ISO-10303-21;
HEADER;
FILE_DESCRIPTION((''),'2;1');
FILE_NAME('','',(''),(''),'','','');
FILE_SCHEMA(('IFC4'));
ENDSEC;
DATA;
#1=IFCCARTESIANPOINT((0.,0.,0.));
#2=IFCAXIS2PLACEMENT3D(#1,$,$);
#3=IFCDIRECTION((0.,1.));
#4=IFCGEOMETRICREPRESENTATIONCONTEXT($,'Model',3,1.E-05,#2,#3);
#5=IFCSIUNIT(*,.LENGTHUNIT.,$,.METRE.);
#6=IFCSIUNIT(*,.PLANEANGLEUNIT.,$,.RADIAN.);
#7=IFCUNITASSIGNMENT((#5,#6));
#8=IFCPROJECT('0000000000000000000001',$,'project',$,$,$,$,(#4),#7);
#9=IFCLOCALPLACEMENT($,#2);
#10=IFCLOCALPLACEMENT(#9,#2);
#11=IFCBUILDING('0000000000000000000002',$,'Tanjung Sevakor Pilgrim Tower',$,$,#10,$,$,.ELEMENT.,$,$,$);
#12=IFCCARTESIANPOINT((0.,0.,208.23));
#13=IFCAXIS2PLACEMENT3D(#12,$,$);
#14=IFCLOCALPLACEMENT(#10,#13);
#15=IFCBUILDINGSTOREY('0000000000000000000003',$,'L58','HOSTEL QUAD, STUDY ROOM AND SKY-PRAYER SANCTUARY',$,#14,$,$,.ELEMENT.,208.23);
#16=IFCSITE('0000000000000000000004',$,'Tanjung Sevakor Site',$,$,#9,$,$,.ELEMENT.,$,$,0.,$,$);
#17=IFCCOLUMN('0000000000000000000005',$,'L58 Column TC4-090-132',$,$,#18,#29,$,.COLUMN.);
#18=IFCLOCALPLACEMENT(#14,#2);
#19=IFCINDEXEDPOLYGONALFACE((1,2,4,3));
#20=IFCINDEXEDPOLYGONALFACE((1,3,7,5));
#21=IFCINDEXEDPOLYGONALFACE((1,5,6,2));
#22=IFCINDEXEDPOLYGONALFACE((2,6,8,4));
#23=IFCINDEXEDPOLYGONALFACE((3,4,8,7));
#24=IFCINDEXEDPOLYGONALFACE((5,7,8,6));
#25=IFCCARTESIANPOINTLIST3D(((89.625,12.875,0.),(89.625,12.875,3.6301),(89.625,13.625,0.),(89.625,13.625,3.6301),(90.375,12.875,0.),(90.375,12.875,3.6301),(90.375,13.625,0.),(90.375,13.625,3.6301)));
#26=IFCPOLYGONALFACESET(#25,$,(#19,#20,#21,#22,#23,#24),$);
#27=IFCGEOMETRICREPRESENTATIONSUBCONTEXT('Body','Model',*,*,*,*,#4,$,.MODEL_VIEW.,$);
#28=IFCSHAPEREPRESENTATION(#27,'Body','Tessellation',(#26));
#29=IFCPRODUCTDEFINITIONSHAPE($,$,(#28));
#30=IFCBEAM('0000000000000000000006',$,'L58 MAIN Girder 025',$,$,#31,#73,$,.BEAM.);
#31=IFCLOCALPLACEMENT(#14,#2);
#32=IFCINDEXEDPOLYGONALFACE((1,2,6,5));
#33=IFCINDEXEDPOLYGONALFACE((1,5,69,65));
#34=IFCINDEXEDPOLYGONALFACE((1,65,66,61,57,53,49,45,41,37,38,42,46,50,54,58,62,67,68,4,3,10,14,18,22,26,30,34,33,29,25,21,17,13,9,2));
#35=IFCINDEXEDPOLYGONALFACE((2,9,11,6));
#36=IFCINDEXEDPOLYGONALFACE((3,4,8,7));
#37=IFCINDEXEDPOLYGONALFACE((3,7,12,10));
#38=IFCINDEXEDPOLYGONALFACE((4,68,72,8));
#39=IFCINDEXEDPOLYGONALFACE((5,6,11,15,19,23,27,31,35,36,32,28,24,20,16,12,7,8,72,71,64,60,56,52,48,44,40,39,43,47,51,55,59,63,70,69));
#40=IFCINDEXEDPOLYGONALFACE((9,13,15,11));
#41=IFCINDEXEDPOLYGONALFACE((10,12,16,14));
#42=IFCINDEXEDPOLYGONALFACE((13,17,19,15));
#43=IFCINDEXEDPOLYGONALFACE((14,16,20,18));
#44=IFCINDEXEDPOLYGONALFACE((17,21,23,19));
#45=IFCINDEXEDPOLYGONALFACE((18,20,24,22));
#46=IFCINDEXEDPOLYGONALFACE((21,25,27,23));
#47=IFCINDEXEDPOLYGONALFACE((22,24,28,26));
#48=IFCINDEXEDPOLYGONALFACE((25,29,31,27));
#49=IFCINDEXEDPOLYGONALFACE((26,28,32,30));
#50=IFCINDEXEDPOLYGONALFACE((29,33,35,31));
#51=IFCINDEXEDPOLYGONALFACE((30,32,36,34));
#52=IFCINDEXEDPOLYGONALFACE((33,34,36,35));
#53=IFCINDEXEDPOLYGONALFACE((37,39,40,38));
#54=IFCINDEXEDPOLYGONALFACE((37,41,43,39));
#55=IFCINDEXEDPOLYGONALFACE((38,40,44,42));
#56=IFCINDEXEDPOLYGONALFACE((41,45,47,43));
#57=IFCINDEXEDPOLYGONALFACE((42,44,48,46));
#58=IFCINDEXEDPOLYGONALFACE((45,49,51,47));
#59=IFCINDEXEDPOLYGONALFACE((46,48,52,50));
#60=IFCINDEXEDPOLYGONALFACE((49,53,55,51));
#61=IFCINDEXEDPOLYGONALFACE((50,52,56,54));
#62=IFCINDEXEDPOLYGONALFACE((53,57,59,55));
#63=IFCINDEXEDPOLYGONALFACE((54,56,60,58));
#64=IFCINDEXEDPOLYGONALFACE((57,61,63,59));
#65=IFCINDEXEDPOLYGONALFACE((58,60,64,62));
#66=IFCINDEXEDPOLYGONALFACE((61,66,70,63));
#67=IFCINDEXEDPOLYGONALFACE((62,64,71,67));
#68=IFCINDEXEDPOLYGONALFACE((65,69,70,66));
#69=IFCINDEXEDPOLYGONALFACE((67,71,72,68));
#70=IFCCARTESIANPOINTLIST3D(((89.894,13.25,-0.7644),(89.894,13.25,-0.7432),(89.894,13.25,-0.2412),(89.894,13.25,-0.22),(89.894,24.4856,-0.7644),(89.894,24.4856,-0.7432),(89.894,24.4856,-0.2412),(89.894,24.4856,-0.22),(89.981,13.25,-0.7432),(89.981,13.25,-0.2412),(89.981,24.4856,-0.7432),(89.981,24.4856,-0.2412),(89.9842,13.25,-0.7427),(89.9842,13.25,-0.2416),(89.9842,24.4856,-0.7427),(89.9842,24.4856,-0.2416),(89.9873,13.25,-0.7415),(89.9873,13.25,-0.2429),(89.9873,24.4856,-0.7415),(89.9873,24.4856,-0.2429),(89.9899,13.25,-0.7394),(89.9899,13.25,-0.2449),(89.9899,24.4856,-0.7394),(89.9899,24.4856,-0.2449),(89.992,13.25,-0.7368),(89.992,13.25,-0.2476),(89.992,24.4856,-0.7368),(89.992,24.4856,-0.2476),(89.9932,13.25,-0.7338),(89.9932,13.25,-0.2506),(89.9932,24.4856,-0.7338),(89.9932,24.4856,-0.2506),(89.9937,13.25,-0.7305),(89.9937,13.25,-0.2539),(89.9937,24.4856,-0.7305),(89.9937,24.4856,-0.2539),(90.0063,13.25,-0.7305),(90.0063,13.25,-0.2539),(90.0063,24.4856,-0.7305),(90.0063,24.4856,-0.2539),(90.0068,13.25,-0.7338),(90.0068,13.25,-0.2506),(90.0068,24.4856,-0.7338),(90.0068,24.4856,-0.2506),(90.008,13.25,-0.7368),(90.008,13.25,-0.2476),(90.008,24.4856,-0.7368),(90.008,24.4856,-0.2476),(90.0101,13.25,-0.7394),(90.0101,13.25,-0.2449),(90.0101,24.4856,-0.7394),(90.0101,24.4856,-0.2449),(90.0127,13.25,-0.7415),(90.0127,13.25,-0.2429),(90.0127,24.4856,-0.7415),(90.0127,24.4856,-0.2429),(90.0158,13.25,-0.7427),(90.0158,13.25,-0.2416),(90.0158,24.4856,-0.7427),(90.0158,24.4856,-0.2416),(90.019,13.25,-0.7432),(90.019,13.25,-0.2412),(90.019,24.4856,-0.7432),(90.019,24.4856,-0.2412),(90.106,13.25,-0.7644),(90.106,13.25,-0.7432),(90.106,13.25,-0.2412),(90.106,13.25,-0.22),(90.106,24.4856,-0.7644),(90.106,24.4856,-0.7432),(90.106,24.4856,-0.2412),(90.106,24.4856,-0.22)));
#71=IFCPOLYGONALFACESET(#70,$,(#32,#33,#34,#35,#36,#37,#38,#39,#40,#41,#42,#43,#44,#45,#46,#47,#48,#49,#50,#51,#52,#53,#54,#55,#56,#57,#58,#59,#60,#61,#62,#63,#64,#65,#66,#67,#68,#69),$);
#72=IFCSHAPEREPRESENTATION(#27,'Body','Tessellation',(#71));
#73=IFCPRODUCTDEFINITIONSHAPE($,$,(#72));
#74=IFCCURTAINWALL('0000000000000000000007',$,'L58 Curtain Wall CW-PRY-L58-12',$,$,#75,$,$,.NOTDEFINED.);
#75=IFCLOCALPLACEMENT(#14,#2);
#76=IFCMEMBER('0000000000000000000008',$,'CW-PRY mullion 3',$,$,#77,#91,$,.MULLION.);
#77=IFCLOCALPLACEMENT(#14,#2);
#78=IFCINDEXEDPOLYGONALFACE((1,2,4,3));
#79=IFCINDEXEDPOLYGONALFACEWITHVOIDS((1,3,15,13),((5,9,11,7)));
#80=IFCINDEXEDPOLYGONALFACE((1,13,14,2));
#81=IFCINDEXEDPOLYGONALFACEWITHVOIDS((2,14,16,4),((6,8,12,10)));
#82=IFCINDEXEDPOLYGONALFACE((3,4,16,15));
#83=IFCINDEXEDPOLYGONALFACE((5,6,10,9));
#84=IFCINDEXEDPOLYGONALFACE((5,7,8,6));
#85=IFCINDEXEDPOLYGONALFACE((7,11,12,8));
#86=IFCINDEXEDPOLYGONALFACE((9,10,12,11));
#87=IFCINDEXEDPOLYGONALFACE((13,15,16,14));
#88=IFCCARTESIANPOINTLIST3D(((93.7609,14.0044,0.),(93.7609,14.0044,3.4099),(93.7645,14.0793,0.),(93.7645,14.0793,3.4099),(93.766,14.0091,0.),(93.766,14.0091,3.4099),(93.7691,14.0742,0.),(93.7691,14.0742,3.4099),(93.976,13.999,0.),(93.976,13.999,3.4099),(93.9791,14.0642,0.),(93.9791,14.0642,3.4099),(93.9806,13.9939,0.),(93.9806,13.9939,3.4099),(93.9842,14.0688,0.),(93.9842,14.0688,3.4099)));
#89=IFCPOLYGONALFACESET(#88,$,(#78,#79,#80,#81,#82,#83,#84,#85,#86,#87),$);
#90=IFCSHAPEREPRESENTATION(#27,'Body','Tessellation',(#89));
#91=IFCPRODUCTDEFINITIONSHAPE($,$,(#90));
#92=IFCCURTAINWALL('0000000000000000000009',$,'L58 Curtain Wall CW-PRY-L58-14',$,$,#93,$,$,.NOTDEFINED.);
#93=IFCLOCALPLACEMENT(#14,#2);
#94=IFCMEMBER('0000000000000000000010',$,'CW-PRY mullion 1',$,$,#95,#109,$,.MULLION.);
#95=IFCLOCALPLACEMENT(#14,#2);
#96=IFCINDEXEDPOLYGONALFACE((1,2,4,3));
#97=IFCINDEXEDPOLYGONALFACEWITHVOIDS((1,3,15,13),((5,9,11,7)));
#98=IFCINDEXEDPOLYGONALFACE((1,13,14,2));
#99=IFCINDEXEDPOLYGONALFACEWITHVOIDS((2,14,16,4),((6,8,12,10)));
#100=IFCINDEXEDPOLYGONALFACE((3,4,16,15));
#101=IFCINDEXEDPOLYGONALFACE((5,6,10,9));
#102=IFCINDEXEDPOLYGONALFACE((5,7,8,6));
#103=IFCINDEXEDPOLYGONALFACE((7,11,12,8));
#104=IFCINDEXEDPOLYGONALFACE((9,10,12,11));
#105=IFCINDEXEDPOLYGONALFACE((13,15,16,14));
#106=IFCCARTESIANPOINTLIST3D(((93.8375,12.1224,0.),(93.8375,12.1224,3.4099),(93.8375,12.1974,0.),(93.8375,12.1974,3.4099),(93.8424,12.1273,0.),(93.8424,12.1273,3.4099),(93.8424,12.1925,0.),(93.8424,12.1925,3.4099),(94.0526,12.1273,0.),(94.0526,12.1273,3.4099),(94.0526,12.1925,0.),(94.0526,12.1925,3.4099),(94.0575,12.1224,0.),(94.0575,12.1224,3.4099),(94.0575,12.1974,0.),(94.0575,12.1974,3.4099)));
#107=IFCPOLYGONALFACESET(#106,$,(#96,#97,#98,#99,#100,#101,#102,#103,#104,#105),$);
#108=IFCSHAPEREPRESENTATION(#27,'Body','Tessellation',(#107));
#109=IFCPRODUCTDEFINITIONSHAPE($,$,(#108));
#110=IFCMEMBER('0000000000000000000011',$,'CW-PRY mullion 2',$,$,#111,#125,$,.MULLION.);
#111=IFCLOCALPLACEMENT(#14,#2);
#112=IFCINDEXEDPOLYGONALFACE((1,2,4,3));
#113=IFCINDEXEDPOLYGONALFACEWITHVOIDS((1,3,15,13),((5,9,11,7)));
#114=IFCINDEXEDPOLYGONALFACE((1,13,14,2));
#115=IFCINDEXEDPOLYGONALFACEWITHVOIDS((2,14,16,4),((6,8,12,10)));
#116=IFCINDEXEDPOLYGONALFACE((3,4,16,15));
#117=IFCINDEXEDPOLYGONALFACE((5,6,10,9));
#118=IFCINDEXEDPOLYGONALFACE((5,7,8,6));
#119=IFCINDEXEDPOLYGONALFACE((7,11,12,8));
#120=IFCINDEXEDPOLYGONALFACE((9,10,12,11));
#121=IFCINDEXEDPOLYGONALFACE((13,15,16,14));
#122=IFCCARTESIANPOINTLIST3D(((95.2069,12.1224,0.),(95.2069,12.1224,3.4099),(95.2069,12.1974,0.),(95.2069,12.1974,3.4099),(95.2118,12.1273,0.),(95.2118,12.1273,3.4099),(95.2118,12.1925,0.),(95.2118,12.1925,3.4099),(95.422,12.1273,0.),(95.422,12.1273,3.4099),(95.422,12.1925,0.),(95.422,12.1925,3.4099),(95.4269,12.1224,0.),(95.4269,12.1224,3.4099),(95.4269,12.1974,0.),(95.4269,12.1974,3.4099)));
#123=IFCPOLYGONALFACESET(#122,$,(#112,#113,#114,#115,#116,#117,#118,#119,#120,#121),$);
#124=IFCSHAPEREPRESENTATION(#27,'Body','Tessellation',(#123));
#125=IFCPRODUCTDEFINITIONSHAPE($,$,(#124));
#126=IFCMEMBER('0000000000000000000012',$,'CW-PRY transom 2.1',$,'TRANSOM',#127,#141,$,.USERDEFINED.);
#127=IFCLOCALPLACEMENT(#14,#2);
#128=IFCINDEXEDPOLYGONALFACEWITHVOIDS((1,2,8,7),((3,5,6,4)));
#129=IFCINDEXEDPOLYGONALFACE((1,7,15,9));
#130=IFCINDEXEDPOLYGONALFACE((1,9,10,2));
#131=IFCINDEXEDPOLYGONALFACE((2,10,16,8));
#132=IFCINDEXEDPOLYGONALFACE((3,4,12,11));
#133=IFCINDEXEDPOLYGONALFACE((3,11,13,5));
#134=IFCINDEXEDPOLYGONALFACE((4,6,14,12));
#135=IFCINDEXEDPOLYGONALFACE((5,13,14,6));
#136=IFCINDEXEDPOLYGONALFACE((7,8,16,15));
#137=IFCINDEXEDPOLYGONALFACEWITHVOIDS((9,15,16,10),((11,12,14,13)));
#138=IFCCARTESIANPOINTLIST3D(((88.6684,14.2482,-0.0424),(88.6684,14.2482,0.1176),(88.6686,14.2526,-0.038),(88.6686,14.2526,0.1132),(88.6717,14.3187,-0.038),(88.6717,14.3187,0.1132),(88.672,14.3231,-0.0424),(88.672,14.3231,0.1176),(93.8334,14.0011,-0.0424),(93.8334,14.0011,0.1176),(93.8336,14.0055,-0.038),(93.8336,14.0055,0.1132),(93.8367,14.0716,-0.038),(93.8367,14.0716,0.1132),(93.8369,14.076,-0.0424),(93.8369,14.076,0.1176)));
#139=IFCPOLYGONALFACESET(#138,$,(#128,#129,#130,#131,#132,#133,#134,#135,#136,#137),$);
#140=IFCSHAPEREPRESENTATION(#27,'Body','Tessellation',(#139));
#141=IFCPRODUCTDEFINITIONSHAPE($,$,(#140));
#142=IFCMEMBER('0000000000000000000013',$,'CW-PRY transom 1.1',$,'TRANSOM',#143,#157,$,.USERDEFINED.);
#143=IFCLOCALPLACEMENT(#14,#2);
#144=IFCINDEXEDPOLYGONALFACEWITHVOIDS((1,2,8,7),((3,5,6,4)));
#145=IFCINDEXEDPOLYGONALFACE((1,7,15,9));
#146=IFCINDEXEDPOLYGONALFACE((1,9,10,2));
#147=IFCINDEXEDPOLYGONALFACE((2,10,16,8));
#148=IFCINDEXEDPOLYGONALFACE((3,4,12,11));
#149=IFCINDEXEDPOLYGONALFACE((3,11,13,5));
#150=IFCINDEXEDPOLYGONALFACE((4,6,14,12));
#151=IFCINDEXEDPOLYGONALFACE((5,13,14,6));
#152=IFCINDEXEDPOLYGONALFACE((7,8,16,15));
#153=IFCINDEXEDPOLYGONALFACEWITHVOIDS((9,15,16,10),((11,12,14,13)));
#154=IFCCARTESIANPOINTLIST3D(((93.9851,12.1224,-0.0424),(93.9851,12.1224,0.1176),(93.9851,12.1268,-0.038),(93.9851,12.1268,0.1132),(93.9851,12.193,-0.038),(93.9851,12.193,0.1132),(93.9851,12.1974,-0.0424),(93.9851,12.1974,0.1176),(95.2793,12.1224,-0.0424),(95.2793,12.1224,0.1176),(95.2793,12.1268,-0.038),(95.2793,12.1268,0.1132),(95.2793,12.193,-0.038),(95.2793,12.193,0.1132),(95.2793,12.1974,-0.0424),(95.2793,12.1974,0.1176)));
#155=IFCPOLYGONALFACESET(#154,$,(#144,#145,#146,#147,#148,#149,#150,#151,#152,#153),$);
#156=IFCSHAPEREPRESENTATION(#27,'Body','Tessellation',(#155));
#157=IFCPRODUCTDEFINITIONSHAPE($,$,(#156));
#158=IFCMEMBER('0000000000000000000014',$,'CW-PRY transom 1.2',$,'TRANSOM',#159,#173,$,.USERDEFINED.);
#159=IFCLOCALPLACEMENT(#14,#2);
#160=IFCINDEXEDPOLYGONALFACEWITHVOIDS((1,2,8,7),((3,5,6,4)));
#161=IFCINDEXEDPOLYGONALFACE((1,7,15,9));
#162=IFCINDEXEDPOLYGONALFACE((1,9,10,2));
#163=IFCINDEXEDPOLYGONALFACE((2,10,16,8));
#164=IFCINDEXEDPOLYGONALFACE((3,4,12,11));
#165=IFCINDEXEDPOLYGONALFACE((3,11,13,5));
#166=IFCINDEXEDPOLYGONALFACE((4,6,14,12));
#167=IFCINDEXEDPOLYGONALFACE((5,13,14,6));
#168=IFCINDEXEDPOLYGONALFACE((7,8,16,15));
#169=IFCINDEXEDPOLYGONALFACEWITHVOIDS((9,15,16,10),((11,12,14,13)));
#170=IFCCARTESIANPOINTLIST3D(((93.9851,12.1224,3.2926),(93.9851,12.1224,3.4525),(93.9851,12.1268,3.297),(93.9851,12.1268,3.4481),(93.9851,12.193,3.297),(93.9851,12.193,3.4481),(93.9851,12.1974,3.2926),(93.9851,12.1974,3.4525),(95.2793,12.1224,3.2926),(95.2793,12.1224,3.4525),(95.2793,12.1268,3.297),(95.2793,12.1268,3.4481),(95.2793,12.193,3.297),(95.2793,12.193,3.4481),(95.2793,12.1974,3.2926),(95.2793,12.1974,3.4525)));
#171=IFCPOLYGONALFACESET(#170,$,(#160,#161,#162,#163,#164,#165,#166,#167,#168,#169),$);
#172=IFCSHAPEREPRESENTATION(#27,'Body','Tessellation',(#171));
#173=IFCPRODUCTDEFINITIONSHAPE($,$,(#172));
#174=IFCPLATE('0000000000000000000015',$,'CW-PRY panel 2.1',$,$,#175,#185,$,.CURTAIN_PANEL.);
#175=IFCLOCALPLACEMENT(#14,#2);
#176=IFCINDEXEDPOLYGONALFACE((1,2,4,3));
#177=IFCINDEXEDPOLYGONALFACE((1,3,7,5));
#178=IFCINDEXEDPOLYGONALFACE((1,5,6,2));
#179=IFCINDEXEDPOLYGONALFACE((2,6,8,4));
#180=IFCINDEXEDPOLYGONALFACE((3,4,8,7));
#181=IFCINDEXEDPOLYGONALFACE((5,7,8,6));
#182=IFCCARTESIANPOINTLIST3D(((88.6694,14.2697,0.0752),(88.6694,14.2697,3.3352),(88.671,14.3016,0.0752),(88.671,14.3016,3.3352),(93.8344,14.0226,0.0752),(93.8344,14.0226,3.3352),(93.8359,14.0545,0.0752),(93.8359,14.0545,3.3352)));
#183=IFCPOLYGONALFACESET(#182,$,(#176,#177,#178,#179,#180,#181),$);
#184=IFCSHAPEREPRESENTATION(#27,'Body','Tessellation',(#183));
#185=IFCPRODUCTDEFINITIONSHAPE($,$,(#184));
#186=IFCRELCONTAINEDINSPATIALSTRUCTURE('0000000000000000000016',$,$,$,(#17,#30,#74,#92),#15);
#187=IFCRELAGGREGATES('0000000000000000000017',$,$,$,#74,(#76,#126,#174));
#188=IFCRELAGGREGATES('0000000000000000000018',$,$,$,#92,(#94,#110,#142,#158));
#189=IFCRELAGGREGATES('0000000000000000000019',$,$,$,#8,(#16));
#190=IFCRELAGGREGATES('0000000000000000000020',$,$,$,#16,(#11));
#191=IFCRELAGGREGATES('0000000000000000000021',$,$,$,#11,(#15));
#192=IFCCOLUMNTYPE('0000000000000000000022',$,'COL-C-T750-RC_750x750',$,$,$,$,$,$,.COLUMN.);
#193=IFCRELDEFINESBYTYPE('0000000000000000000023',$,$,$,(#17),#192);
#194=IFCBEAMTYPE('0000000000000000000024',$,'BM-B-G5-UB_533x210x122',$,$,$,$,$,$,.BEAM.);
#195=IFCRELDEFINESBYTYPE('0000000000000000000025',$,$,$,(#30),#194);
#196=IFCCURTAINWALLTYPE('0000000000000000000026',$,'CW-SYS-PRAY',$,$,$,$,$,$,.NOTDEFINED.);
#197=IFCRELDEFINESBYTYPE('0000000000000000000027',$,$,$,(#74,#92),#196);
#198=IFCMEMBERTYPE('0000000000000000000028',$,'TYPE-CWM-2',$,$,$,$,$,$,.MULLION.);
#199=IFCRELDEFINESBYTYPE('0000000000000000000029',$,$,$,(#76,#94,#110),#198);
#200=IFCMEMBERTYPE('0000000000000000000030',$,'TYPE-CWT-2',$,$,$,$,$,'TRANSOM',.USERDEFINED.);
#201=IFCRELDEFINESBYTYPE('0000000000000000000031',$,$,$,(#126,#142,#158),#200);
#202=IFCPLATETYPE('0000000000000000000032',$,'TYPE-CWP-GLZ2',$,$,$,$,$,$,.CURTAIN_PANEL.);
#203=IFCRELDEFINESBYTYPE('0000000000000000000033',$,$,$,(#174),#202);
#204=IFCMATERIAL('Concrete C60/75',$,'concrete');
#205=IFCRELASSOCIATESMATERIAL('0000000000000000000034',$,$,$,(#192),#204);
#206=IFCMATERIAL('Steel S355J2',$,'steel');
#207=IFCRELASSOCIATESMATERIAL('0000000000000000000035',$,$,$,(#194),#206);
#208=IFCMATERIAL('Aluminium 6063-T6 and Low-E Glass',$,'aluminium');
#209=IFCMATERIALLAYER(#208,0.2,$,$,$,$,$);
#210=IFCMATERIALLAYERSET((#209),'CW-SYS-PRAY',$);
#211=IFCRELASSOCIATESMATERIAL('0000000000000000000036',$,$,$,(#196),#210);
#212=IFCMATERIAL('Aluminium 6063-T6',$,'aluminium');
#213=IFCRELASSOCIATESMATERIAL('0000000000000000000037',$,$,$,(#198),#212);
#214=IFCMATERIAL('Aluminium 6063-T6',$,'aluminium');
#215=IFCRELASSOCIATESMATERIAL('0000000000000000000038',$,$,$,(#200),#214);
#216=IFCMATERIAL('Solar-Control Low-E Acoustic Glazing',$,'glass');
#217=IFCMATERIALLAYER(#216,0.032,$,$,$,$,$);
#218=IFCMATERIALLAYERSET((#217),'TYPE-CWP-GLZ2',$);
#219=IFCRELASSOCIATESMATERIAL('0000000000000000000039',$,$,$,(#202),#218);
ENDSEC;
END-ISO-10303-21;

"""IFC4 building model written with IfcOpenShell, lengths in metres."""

from ifc_helpers import new_model, si_unit, direction, frame, origin, origin_2d, place, context, subcontext, project, spatial, rectangle, hollow_rectangle, i_section, extrude, material, layer, layer_set, material_profile, profile_set, type_object, element, aggregate, save


model = new_model("IFC4")

# Units and contexts
model_context = context("Model", 3, precision=1e-05, world=origin(), true_north=direction((0.0, 1.0)))
body_context = subcontext(model_context, "Body", "Model", "MODEL_VIEW")
ifc_project = project(units=[si_unit("LENGTHUNIT", "METRE"), si_unit("PLANEANGLEUNIT", "RADIAN")], contexts=[model_context])

# Site, building, storey
site_placement = place(None, origin())
site = spatial("IfcSite", under=ifc_project, at=site_placement, Name="Tanjung Sevakor Site", CompositionType="ELEMENT", RefElevation=0.0)
building_placement = place(site_placement, origin())
building = spatial("IfcBuilding", under=site, at=building_placement, Name="Tanjung Sevakor Pilgrim Tower", CompositionType="ELEMENT")
storey_placement = place(building_placement, frame((0.0, 0.0, 208.23)))
storey = spatial("IfcBuildingStorey", under=building, at=storey_placement, Name="L58", Description="HOSTEL QUAD, STUDY ROOM AND SKY-PRAYER SANCTUARY", CompositionType="ELEMENT", Elevation=208.23)

# Column
ifc_material_1 = material(Name="Concrete C60/75", Category="concrete")
ifc_material_profile_1 = material_profile(ifc_material_1, rectangle(XDim=0.75, YDim=0.75, at=origin_2d()))
ifc_profile_set_1 = profile_set([ifc_material_profile_1], Name="Concrete C60/75")
column_type = type_object("IfcColumnType", Name="COL-C-T750-RC_750x750", PredefinedType="COLUMN", material=ifc_profile_set_1)
column_placement = place(storey_placement, frame((90.0, 13.25, 0.0), z_axis=(0.0, 0.0, 1.0), x_axis=(1.0, 0.0, 0.0)))
element("IfcColumn", 1, at=column_placement, inside=storey, type_object=column_type, Name="L58 Column TC4-090-132", PredefinedType="COLUMN", context=body_context, shape_type="SweptSolid", body=[
    extrude(rectangle(XDim=0.75, YDim=0.75, at=origin_2d()), origin(), (0.0, 0.0, 1.0), 3.6301),
])

# Beam
ifc_material_2 = material(Name="Steel S355J2", Category="steel")
ifc_material_profile_2 = material_profile(ifc_material_2, i_section(OverallWidth=0.2119, OverallDepth=0.5444, WebThickness=0.0127, FlangeThickness=0.0212, FilletRadius=0.0127, at=origin_2d()))
ifc_profile_set_2 = profile_set([ifc_material_profile_2], Name="Steel S355J2")
beam_type = type_object("IfcBeamType", Name="BM-B-G5-UB_533x210x122", PredefinedType="BEAM", material=ifc_profile_set_2)
beam_placement = place(storey_placement, frame((90.0, 13.25, -0.4922), z_axis=(0.0, 1.0, 0.0), x_axis=(-1.0, 0.0, 0.0)))
element("IfcBeam", 2, at=beam_placement, inside=storey, type_object=beam_type, Name="L58 MAIN Girder 025", PredefinedType="BEAM", context=body_context, shape_type="SweptSolid", body=[
    extrude(i_section(OverallWidth=0.2119, OverallDepth=0.5444, WebThickness=0.0127, FlangeThickness=0.0212, FilletRadius=0.0127, at=origin_2d()), origin(), (0.0, 0.0, 1.0), 11.2356),
])

# Curtain wall, member
ifc_material_3 = material(Name="Aluminium 6063-T6 and Low-E Glass", Category="aluminium")
ifc_layer_1 = layer(ifc_material_3, 0.2)
ifc_layer_set_1 = layer_set([ifc_layer_1], Name="CW-SYS-PRAY")
curtain_wall_type = type_object("IfcCurtainWallType", Name="CW-SYS-PRAY", PredefinedType="NOTDEFINED", material=ifc_layer_set_1)
curtain_wall_1_placement = place(storey_placement, origin())
curtain_wall_1 = element("IfcCurtainWall", 3, at=curtain_wall_1_placement, inside=storey, type_object=curtain_wall_type, Name="L58 Curtain Wall CW-PRY-L58-12", PredefinedType="NOTDEFINED")
ifc_material_4 = material(Name="Aluminium 6063-T6", Category="aluminium")
ifc_material_profile_3 = material_profile(ifc_material_4, hollow_rectangle(XDim=0.075, YDim=0.22, WallThickness=0.0049, at=origin_2d()))
ifc_profile_set_3 = profile_set([ifc_material_profile_3], Name="Aluminium 6063-T6")
member_type_1 = type_object("IfcMemberType", Name="TYPE-CWM-2", PredefinedType="MULLION", material=ifc_profile_set_3)
member_1_placement = place(storey_placement, frame((93.8726, 14.0366, 0.0), z_axis=(0.0, 0.0, 1.0), x_axis=(0.047791, 0.998857, 0.0)))
member_1 = element("IfcMember", 4, at=member_1_placement, type_object=member_type_1, Name="CW-PRY mullion 3", PredefinedType="MULLION", context=body_context, shape_type="SweptSolid", body=[
    extrude(hollow_rectangle(XDim=0.075, YDim=0.22, WallThickness=0.0049, at=origin_2d()), origin(), (0.0, 0.0, 1.0), 3.4099),
])

# Curtain wall, members
curtain_wall_2_placement = place(storey_placement, origin())
curtain_wall_2 = element("IfcCurtainWall", 5, at=curtain_wall_2_placement, inside=storey, type_object=curtain_wall_type, Name="L58 Curtain Wall CW-PRY-L58-14", PredefinedType="NOTDEFINED")
member_2_placement = place(storey_placement, frame((93.9475, 12.1599, 0.0), z_axis=(0.0, 0.0, 1.0), x_axis=(0.0, 1.0, 0.0)))
member_2 = element("IfcMember", 6, at=member_2_placement, type_object=member_type_1, Name="CW-PRY mullion 1", PredefinedType="MULLION", context=body_context, shape_type="SweptSolid", body=[
    extrude(hollow_rectangle(XDim=0.075, YDim=0.22, WallThickness=0.0049, at=origin_2d()), origin(), (0.0, 0.0, 1.0), 3.4099),
])
member_3_placement = place(storey_placement, frame((95.3169, 12.1599, 0.0), z_axis=(0.0, 0.0, 1.0), x_axis=(0.0, 1.0, 0.0)))
member_3 = element("IfcMember", 7, at=member_3_placement, type_object=member_type_1, Name="CW-PRY mullion 2", PredefinedType="MULLION", context=body_context, shape_type="SweptSolid", body=[
    extrude(hollow_rectangle(XDim=0.075, YDim=0.22, WallThickness=0.0049, at=origin_2d()), origin(), (0.0, 0.0, 1.0), 3.4099),
])

# Members
ifc_material_5 = material(Name="Aluminium 6063-T6", Category="aluminium")
ifc_material_profile_4 = material_profile(ifc_material_5, hollow_rectangle(XDim=0.075, YDim=0.1599, WallThickness=0.0044, at=origin_2d()))
ifc_profile_set_4 = profile_set([ifc_material_profile_4], Name="Aluminium 6063-T6")
member_type_2 = type_object("IfcMemberType", Name="TYPE-CWT-2", ElementType="TRANSOM", PredefinedType="USERDEFINED", material=ifc_profile_set_4)
member_4_placement = place(storey_placement, frame((88.6702, 14.2856, 0.0376), z_axis=(0.998858, -0.04778, 0.0), x_axis=(0.04778, 0.998858, 0.0)))
member_4 = element("IfcMember", 8, at=member_4_placement, type_object=member_type_2, Name="CW-PRY transom 2.1", ObjectType="TRANSOM", PredefinedType="USERDEFINED", context=body_context, shape_type="SweptSolid", body=[
    extrude(hollow_rectangle(XDim=0.075, YDim=0.1599, WallThickness=0.0044, at=origin_2d()), origin(), (0.0, 0.0, 1.0), 5.1709),
])
member_5_placement = place(storey_placement, frame((93.9851, 12.1599, 0.0376), z_axis=(1.0, 0.0, 0.0), x_axis=(0.0, 1.0, 0.0)))
member_5 = element("IfcMember", 9, at=member_5_placement, type_object=member_type_2, Name="CW-PRY transom 1.1", ObjectType="TRANSOM", PredefinedType="USERDEFINED", context=body_context, shape_type="SweptSolid", body=[
    extrude(hollow_rectangle(XDim=0.075, YDim=0.1599, WallThickness=0.0044, at=origin_2d()), origin(), (0.0, 0.0, 1.0), 1.2942),
])
member_6_placement = place(storey_placement, frame((93.9851, 12.1599, 3.3726), z_axis=(1.0, 0.0, 0.0), x_axis=(0.0, 1.0, 0.0)))
member_6 = element("IfcMember", 10, at=member_6_placement, type_object=member_type_2, Name="CW-PRY transom 1.2", ObjectType="TRANSOM", PredefinedType="USERDEFINED", context=body_context, shape_type="SweptSolid", body=[
    extrude(hollow_rectangle(XDim=0.075, YDim=0.1599, WallThickness=0.0044, at=origin_2d()), origin(), (0.0, 0.0, 1.0), 1.2942),
])

# Plate
ifc_material_6 = material(Name="Solar-Control Low-E Acoustic Glazing", Category="glass")
ifc_layer_2 = layer(ifc_material_6, 0.032)
ifc_layer_set_2 = layer_set([ifc_layer_2], Name="TYPE-CWP-GLZ2")
plate_type = type_object("IfcPlateType", Name="TYPE-CWP-GLZ2", PredefinedType="CURTAIN_PANEL", material=ifc_layer_set_2)
plate_1_placement = place(storey_placement, frame((91.2527, 14.1621, 0.0752), z_axis=(0.0, 0.0, 1.0), x_axis=(0.998857, -0.047791, 0.0)))
plate_1 = element("IfcPlate", 11, at=plate_1_placement, type_object=plate_type, Name="CW-PRY panel 2.1", PredefinedType="CURTAIN_PANEL", context=body_context, shape_type="SweptSolid", body=[
    extrude(rectangle(XDim=5.1709, YDim=0.032, at=origin_2d()), origin(), (0.0, 0.0, 1.0), 3.26),
])
aggregate(curtain_wall_1, [member_1, member_4, plate_1])
aggregate(curtain_wall_2, [member_2, member_3, member_5, member_6])

save(model, "model.ifc")
